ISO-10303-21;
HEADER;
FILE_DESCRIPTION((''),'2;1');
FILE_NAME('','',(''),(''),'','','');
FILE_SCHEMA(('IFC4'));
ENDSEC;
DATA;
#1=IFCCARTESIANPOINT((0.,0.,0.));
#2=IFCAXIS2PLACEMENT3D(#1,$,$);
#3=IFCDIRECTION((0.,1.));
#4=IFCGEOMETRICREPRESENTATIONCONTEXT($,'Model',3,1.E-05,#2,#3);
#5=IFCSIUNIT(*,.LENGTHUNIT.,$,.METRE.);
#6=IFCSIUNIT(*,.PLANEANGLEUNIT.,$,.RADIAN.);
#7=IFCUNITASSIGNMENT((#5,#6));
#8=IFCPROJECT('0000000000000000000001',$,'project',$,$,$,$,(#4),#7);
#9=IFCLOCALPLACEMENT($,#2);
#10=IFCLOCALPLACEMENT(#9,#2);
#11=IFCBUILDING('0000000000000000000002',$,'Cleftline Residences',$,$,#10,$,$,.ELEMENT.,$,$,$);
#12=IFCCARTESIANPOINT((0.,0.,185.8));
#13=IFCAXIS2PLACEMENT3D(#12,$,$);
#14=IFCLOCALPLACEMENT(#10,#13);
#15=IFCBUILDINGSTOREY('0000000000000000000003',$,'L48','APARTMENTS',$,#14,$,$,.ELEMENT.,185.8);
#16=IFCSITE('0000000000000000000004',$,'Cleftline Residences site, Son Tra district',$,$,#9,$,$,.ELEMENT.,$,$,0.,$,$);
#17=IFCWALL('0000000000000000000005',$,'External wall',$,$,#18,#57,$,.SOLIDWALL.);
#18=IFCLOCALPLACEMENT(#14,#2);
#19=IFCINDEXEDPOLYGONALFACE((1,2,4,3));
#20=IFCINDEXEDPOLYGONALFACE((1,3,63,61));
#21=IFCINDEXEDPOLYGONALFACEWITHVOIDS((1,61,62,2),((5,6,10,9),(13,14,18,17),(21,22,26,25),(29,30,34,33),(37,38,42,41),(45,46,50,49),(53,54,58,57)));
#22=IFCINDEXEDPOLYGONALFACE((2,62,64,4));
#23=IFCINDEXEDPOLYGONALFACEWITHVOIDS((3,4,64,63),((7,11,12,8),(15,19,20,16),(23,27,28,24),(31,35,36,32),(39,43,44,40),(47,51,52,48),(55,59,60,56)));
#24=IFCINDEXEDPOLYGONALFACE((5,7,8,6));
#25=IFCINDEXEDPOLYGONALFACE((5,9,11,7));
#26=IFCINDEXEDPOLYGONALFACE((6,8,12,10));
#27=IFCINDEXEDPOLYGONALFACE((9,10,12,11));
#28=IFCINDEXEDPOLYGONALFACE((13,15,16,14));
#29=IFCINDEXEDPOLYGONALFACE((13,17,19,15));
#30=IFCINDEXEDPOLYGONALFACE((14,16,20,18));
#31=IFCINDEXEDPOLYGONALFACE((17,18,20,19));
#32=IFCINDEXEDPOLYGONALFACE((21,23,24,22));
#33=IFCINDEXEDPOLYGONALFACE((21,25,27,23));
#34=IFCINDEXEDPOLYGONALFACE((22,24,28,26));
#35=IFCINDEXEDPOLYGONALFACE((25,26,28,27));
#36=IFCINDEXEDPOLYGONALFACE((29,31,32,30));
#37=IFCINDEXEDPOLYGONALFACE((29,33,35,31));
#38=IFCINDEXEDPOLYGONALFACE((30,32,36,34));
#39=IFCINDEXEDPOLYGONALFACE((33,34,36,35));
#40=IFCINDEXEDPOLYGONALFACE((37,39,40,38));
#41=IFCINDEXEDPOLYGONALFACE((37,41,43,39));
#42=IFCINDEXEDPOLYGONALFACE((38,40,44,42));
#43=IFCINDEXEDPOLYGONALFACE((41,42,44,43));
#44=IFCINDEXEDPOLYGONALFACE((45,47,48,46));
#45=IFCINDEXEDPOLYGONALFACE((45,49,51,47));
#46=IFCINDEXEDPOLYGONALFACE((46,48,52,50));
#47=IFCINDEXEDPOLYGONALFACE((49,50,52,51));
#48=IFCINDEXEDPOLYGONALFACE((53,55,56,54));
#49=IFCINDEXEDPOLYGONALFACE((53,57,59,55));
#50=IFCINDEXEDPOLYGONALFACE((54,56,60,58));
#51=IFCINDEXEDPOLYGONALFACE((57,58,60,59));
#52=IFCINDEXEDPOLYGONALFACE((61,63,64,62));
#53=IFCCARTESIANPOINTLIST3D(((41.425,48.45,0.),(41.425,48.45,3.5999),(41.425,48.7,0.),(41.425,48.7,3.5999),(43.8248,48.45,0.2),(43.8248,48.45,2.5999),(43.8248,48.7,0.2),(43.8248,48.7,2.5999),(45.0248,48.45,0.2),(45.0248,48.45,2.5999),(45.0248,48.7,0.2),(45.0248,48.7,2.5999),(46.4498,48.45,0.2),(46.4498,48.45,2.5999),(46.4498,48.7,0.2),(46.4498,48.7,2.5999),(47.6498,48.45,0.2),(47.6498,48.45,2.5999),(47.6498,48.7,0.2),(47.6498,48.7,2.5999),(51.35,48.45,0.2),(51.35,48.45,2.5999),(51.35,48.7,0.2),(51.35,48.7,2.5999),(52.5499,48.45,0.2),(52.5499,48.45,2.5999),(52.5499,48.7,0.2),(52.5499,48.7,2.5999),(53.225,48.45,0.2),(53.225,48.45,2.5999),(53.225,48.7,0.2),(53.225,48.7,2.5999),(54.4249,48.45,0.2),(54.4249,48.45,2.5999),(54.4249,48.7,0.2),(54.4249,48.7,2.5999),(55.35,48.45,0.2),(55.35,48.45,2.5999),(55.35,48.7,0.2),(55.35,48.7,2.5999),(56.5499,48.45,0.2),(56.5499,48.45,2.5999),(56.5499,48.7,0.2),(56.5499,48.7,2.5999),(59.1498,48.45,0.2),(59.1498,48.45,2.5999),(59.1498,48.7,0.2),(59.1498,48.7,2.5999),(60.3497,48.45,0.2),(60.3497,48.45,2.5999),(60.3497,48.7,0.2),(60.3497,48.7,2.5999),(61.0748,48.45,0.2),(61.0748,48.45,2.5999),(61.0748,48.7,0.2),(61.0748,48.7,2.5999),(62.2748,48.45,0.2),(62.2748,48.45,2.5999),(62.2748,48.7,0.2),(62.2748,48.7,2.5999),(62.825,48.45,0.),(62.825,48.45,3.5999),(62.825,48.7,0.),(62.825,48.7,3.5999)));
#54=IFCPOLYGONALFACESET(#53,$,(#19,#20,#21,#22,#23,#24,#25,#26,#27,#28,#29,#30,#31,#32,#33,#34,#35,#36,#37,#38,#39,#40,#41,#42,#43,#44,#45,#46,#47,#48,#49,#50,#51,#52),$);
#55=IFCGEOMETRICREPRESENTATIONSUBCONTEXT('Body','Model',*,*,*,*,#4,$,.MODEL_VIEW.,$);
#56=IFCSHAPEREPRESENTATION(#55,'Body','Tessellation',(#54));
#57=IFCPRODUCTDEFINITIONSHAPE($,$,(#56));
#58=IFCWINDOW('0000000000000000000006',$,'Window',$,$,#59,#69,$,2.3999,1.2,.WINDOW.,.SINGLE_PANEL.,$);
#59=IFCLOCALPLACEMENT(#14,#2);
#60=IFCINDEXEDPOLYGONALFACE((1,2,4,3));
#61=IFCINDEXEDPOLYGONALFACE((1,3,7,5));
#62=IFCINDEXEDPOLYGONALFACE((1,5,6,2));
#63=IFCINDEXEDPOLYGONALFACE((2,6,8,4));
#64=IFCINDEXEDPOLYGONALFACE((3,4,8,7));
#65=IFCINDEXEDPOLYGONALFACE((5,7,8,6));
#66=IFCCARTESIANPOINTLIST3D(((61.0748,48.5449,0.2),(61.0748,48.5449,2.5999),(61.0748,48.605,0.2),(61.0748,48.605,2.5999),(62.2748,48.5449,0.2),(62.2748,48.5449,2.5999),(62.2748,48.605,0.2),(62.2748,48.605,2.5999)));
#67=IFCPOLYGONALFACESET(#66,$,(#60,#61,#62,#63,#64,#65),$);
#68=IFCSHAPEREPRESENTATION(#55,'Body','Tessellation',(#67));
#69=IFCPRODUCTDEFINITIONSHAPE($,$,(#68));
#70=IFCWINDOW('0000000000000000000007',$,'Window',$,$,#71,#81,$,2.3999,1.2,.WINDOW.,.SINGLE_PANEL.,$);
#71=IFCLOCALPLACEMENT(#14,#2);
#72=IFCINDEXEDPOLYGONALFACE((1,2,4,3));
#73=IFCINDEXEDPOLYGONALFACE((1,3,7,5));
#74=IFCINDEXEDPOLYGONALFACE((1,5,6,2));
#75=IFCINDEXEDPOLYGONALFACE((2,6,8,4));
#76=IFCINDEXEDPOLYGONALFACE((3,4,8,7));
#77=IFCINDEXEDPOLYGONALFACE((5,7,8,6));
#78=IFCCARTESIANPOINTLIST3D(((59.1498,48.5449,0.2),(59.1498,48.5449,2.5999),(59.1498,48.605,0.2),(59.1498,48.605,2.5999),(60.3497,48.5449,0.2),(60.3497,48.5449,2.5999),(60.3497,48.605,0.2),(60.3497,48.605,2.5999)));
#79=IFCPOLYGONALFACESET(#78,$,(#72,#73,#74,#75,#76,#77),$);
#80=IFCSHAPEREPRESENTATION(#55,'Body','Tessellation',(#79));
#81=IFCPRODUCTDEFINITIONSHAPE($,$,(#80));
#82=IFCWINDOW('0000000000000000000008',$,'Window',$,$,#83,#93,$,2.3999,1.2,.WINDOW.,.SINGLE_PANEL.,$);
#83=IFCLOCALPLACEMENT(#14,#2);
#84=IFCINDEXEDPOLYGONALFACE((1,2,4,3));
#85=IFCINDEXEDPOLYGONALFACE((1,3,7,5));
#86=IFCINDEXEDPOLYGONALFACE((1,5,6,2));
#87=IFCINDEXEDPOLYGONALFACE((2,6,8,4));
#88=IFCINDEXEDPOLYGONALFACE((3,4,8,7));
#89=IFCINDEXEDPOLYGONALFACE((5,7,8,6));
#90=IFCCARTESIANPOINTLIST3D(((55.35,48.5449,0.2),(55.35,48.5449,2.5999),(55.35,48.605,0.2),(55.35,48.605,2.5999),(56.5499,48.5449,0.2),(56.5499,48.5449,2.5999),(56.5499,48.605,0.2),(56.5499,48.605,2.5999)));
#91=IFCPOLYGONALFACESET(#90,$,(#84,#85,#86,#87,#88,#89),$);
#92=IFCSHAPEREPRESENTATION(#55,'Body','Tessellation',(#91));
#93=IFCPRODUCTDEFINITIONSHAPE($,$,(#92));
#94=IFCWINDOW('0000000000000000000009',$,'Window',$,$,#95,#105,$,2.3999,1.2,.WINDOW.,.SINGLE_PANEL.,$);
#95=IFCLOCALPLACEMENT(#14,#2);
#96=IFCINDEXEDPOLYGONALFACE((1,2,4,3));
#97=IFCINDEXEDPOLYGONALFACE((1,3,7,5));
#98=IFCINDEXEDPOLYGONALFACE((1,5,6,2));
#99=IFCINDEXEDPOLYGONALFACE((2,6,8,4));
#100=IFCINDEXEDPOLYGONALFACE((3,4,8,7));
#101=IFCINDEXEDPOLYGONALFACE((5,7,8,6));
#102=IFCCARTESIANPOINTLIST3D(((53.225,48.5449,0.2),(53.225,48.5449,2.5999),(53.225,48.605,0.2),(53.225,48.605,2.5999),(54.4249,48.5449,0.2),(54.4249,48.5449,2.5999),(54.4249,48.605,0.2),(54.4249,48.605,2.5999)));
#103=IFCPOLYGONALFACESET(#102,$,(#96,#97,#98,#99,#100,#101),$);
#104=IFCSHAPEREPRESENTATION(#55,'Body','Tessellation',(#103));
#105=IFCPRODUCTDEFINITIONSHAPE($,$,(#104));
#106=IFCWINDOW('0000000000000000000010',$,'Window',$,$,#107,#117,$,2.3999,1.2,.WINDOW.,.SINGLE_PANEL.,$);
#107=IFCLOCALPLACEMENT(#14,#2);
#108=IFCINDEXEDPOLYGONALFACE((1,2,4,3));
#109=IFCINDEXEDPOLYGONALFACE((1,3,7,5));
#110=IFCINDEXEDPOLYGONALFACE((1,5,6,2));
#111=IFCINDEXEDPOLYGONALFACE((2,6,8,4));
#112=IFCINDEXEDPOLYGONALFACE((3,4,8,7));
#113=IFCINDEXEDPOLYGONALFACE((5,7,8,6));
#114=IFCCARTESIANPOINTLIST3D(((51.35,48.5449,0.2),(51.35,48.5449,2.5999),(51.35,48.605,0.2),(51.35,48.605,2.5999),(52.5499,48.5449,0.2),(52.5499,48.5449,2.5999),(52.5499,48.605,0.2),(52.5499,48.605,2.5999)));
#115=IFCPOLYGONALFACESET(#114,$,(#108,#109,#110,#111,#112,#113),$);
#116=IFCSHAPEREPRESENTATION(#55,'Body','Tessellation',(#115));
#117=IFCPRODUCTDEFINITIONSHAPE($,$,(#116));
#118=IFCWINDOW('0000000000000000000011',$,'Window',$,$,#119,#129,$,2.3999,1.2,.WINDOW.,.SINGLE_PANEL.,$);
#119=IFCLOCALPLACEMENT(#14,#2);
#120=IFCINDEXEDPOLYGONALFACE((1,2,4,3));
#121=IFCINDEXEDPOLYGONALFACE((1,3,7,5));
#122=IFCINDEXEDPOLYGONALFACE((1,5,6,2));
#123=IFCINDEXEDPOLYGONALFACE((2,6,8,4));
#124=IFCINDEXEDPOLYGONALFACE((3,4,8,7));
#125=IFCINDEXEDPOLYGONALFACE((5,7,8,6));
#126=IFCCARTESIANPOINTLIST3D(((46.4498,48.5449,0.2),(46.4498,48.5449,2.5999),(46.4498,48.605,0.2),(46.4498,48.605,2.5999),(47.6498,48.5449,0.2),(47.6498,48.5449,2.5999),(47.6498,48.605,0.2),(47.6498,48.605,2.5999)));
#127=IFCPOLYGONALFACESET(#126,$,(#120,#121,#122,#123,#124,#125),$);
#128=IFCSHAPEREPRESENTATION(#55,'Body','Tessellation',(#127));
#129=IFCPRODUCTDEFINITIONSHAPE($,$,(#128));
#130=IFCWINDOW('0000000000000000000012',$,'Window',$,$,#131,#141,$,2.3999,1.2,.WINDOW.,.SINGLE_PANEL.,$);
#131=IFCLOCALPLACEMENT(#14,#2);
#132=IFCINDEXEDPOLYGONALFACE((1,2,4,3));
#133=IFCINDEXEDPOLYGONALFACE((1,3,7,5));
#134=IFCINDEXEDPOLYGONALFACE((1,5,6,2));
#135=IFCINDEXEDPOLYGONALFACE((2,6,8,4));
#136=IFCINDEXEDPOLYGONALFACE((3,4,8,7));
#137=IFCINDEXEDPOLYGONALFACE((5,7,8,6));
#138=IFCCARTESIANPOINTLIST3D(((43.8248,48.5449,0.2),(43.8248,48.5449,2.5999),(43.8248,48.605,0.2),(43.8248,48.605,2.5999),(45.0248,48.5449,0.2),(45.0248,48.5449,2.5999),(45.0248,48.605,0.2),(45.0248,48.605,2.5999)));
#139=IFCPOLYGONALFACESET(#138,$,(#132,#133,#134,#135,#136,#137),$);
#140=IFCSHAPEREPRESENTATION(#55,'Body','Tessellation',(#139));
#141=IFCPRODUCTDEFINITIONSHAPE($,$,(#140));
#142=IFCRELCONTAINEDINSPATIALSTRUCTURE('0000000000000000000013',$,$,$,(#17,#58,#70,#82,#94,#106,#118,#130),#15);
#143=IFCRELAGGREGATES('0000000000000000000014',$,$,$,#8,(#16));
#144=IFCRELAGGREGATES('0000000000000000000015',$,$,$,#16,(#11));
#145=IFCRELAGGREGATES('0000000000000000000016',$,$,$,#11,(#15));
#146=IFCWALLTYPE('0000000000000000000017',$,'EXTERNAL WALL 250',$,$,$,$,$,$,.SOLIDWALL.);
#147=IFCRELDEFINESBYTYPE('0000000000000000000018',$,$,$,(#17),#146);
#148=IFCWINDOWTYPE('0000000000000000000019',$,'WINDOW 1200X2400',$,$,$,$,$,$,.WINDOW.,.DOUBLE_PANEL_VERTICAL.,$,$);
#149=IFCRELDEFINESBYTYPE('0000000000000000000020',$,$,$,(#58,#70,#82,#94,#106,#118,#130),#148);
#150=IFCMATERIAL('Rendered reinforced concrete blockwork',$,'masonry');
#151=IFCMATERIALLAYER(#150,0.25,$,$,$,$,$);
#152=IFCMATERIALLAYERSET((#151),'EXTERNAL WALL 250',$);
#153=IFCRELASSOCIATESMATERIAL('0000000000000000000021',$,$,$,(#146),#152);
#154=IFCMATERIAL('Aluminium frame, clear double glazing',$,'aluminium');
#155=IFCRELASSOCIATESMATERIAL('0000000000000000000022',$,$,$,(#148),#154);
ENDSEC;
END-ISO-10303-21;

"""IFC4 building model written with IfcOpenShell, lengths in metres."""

from ifc_helpers import new_model, si_unit, direction, frame, frame_2d, origin, place, context, subcontext, project, spatial, rectangle, extrude, material, layer, layer_set, type_object, element, fill, save


model = new_model("IFC4")

# Units and contexts
model_context = context("Model", 3, precision=1e-05, world=origin(), true_north=direction((0.0, 1.0)))
body_context = subcontext(model_context, "Body", "Model", "MODEL_VIEW")
ifc_project = project(units=[si_unit("LENGTHUNIT", "METRE"), si_unit("PLANEANGLEUNIT", "RADIAN")], contexts=[model_context])

# Site, building, storey
site_placement = place(None, origin())
site = spatial("IfcSite", under=ifc_project, at=site_placement, Name="Cleftline Residences site, Son Tra district", CompositionType="ELEMENT", RefElevation=0.0)
building_placement = place(site_placement, origin())
building = spatial("IfcBuilding", under=site, at=building_placement, Name="Cleftline Residences", CompositionType="ELEMENT")
storey_placement = place(building_placement, frame((0.0, 0.0, 185.8)))
storey = spatial("IfcBuildingStorey", under=building, at=storey_placement, Name="L48", Description="APARTMENTS", CompositionType="ELEMENT", Elevation=185.8)

# Shared definitions
ifc_material_1 = material(Name="Rendered reinforced concrete blockwork", Category="masonry")
ifc_layer_1 = layer(ifc_material_1, 0.25)
ifc_layer_set_1 = layer_set([ifc_layer_1], Name="EXTERNAL WALL 250")
wall_type_1 = type_object("IfcWallType", Name="EXTERNAL WALL 250", PredefinedType="SOLIDWALL", material=ifc_layer_set_1)
ifc_material_2 = material(Name="Aluminium frame, clear double glazing", Category="aluminium")
window_type_1 = type_object("IfcWindowType", Name="WINDOW 1200X2400", PartitioningType="DOUBLE_PANEL_VERTICAL", PredefinedType="WINDOW", material=ifc_material_2)

# Wall, openings, windows
wall_1_placement = place(storey_placement, frame((62.825, 48.575, 0.0), z_axis=(0.0, 0.0, 1.0), x_axis=(-1.0, 0.0, 0.0)))
wall_1 = element("IfcWall", 1, at=wall_1_placement, inside=storey, type_object=wall_type_1, Name="External wall", PredefinedType="SOLIDWALL", context=body_context, shape_type="SweptSolid", body=[
    extrude(rectangle(XDim=21.3999, YDim=0.25, at=frame_2d((10.7, 0.0))), origin(), (0.0, 0.0, 1.0), 3.5999),
])
opening_1_placement = place(wall_1_placement, frame((0.55, 0.0, 0.2)))
opening_1 = element("IfcOpeningElement", 2, at=opening_1_placement, cuts=wall_1, PredefinedType="OPENING", context=body_context, shape_type="SweptSolid", body=[
    extrude(rectangle(XDim=1.2, YDim=2.3999, at=frame_2d((0.6001, 1.2))), frame((0.0, 0.135, 0.0), z_axis=(0.0, -1.0, 0.0), x_axis=(1.0, 0.0, 0.0)), (0.0, 0.0, 1.0), 0.27),
])
opening_2_placement = place(wall_1_placement, frame((2.4751, 0.0, 0.2)))
opening_2 = element("IfcOpeningElement", 3, at=opening_2_placement, cuts=wall_1, PredefinedType="OPENING", context=body_context, shape_type="SweptSolid", body=[
    extrude(rectangle(XDim=1.2, YDim=2.3999, at=frame_2d((0.6001, 1.2))), frame((0.0, 0.135, 0.0), z_axis=(0.0, -1.0, 0.0), x_axis=(1.0, 0.0, 0.0)), (0.0, 0.0, 1.0), 0.27),
])
opening_3_placement = place(wall_1_placement, frame((6.2749, 0.0, 0.2)))
opening_3 = element("IfcOpeningElement", 4, at=opening_3_placement, cuts=wall_1, PredefinedType="OPENING", context=body_context, shape_type="SweptSolid", body=[
    extrude(rectangle(XDim=1.2, YDim=2.3999, at=frame_2d((0.6001, 1.2))), frame((0.0, 0.135, 0.0), z_axis=(0.0, -1.0, 0.0), x_axis=(1.0, 0.0, 0.0)), (0.0, 0.0, 1.0), 0.27),
])
opening_4_placement = place(wall_1_placement, frame((8.3999, 0.0, 0.2)))
opening_4 = element("IfcOpeningElement", 5, at=opening_4_placement, cuts=wall_1, PredefinedType="OPENING", context=body_context, shape_type="SweptSolid", body=[
    extrude(rectangle(XDim=1.2, YDim=2.3999, at=frame_2d((0.6001, 1.2))), frame((0.0, 0.135, 0.0), z_axis=(0.0, -1.0, 0.0), x_axis=(1.0, 0.0, 0.0)), (0.0, 0.0, 1.0), 0.27),
])
opening_5_placement = place(wall_1_placement, frame((10.2749, 0.0, 0.2)))
opening_5 = element("IfcOpeningElement", 6, at=opening_5_placement, cuts=wall_1, PredefinedType="OPENING", context=body_context, shape_type="SweptSolid", body=[
    extrude(rectangle(XDim=1.2, YDim=2.3999, at=frame_2d((0.6001, 1.2))), frame((0.0, 0.135, 0.0), z_axis=(0.0, -1.0, 0.0), x_axis=(1.0, 0.0, 0.0)), (0.0, 0.0, 1.0), 0.27),
])
opening_6_placement = place(wall_1_placement, frame((15.175, 0.0, 0.2)))
opening_6 = element("IfcOpeningElement", 7, at=opening_6_placement, cuts=wall_1, PredefinedType="OPENING", context=body_context, shape_type="SweptSolid", body=[
    extrude(rectangle(XDim=1.2, YDim=2.3999, at=frame_2d((0.6001, 1.2))), frame((0.0, 0.135, 0.0), z_axis=(0.0, -1.0, 0.0), x_axis=(1.0, 0.0, 0.0)), (0.0, 0.0, 1.0), 0.27),
])
opening_7_placement = place(wall_1_placement, frame((17.8, 0.0, 0.2)))
opening_7 = element("IfcOpeningElement", 8, at=opening_7_placement, cuts=wall_1, PredefinedType="OPENING", context=body_context, shape_type="SweptSolid", body=[
    extrude(rectangle(XDim=1.2, YDim=2.3999, at=frame_2d((0.6001, 1.2))), frame((0.0, 0.135, 0.0), z_axis=(0.0, -1.0, 0.0), x_axis=(1.0, 0.0, 0.0)), (0.0, 0.0, 1.0), 0.27),
])
window_1_placement = place(opening_1_placement, origin())
window_1 = element("IfcWindow", 9, at=window_1_placement, inside=storey, type_object=window_type_1, Name="Window", OverallHeight=2.3999, OverallWidth=1.2, PartitioningType="SINGLE_PANEL", PredefinedType="WINDOW", context=body_context, shape_type="SweptSolid", body=[
    extrude(rectangle(XDim=1.2, YDim=2.3999, at=frame_2d((0.6001, 1.2))), frame((0.0, 0.03, 0.0), z_axis=(0.0, -1.0, 0.0), x_axis=(1.0, 0.0, 0.0)), (0.0, 0.0, 1.0), 0.0601),
])
fill(opening_1, window_1)
window_2_placement = place(opening_2_placement, origin())
window_2 = element("IfcWindow", 10, at=window_2_placement, inside=storey, type_object=window_type_1, Name="Window", OverallHeight=2.3999, OverallWidth=1.2, PartitioningType="SINGLE_PANEL", PredefinedType="WINDOW", context=body_context, shape_type="SweptSolid", body=[
    extrude(rectangle(XDim=1.2, YDim=2.3999, at=frame_2d((0.6001, 1.2))), frame((0.0, 0.03, 0.0), z_axis=(0.0, -1.0, 0.0), x_axis=(1.0, 0.0, 0.0)), (0.0, 0.0, 1.0), 0.0601),
])
fill(opening_2, window_2)
window_3_placement = place(opening_3_placement, origin())
window_3 = element("IfcWindow", 11, at=window_3_placement, inside=storey, type_object=window_type_1, Name="Window", OverallHeight=2.3999, OverallWidth=1.2, PartitioningType="SINGLE_PANEL", PredefinedType="WINDOW", context=body_context, shape_type="SweptSolid", body=[
    extrude(rectangle(XDim=1.2, YDim=2.3999, at=frame_2d((0.6001, 1.2))), frame((0.0, 0.03, 0.0), z_axis=(0.0, -1.0, 0.0), x_axis=(1.0, 0.0, 0.0)), (0.0, 0.0, 1.0), 0.0601),
])
fill(opening_3, window_3)
window_4_placement = place(opening_4_placement, origin())
window_4 = element("IfcWindow", 12, at=window_4_placement, inside=storey, type_object=window_type_1, Name="Window", OverallHeight=2.3999, OverallWidth=1.2, PartitioningType="SINGLE_PANEL", PredefinedType="WINDOW", context=body_context, shape_type="SweptSolid", body=[
    extrude(rectangle(XDim=1.2, YDim=2.3999, at=frame_2d((0.6001, 1.2))), frame((0.0, 0.03, 0.0), z_axis=(0.0, -1.0, 0.0), x_axis=(1.0, 0.0, 0.0)), (0.0, 0.0, 1.0), 0.0601),
])
fill(opening_4, window_4)
window_5_placement = place(opening_5_placement, origin())
window_5 = element("IfcWindow", 13, at=window_5_placement, inside=storey, type_object=window_type_1, Name="Window", OverallHeight=2.3999, OverallWidth=1.2, PartitioningType="SINGLE_PANEL", PredefinedType="WINDOW", context=body_context, shape_type="SweptSolid", body=[
    extrude(rectangle(XDim=1.2, YDim=2.3999, at=frame_2d((0.6001, 1.2))), frame((0.0, 0.03, 0.0), z_axis=(0.0, -1.0, 0.0), x_axis=(1.0, 0.0, 0.0)), (0.0, 0.0, 1.0), 0.0601),
])
fill(opening_5, window_5)
window_6_placement = place(opening_6_placement, origin())
window_6 = element("IfcWindow", 14, at=window_6_placement, inside=storey, type_object=window_type_1, Name="Window", OverallHeight=2.3999, OverallWidth=1.2, PartitioningType="SINGLE_PANEL", PredefinedType="WINDOW", context=body_context, shape_type="SweptSolid", body=[
    extrude(rectangle(XDim=1.2, YDim=2.3999, at=frame_2d((0.6001, 1.2))), frame((0.0, 0.03, 0.0), z_axis=(0.0, -1.0, 0.0), x_axis=(1.0, 0.0, 0.0)), (0.0, 0.0, 1.0), 0.0601),
])
fill(opening_6, window_6)
window_7_placement = place(opening_7_placement, origin())
window_7 = element("IfcWindow", 15, at=window_7_placement, inside=storey, type_object=window_type_1, Name="Window", OverallHeight=2.3999, OverallWidth=1.2, PartitioningType="SINGLE_PANEL", PredefinedType="WINDOW", context=body_context, shape_type="SweptSolid", body=[
    extrude(rectangle(XDim=1.2, YDim=2.3999, at=frame_2d((0.6001, 1.2))), frame((0.0, 0.03, 0.0), z_axis=(0.0, -1.0, 0.0), x_axis=(1.0, 0.0, 0.0)), (0.0, 0.0, 1.0), 0.0601),
])
fill(opening_7, window_7)

save(model, "model.ifc")
